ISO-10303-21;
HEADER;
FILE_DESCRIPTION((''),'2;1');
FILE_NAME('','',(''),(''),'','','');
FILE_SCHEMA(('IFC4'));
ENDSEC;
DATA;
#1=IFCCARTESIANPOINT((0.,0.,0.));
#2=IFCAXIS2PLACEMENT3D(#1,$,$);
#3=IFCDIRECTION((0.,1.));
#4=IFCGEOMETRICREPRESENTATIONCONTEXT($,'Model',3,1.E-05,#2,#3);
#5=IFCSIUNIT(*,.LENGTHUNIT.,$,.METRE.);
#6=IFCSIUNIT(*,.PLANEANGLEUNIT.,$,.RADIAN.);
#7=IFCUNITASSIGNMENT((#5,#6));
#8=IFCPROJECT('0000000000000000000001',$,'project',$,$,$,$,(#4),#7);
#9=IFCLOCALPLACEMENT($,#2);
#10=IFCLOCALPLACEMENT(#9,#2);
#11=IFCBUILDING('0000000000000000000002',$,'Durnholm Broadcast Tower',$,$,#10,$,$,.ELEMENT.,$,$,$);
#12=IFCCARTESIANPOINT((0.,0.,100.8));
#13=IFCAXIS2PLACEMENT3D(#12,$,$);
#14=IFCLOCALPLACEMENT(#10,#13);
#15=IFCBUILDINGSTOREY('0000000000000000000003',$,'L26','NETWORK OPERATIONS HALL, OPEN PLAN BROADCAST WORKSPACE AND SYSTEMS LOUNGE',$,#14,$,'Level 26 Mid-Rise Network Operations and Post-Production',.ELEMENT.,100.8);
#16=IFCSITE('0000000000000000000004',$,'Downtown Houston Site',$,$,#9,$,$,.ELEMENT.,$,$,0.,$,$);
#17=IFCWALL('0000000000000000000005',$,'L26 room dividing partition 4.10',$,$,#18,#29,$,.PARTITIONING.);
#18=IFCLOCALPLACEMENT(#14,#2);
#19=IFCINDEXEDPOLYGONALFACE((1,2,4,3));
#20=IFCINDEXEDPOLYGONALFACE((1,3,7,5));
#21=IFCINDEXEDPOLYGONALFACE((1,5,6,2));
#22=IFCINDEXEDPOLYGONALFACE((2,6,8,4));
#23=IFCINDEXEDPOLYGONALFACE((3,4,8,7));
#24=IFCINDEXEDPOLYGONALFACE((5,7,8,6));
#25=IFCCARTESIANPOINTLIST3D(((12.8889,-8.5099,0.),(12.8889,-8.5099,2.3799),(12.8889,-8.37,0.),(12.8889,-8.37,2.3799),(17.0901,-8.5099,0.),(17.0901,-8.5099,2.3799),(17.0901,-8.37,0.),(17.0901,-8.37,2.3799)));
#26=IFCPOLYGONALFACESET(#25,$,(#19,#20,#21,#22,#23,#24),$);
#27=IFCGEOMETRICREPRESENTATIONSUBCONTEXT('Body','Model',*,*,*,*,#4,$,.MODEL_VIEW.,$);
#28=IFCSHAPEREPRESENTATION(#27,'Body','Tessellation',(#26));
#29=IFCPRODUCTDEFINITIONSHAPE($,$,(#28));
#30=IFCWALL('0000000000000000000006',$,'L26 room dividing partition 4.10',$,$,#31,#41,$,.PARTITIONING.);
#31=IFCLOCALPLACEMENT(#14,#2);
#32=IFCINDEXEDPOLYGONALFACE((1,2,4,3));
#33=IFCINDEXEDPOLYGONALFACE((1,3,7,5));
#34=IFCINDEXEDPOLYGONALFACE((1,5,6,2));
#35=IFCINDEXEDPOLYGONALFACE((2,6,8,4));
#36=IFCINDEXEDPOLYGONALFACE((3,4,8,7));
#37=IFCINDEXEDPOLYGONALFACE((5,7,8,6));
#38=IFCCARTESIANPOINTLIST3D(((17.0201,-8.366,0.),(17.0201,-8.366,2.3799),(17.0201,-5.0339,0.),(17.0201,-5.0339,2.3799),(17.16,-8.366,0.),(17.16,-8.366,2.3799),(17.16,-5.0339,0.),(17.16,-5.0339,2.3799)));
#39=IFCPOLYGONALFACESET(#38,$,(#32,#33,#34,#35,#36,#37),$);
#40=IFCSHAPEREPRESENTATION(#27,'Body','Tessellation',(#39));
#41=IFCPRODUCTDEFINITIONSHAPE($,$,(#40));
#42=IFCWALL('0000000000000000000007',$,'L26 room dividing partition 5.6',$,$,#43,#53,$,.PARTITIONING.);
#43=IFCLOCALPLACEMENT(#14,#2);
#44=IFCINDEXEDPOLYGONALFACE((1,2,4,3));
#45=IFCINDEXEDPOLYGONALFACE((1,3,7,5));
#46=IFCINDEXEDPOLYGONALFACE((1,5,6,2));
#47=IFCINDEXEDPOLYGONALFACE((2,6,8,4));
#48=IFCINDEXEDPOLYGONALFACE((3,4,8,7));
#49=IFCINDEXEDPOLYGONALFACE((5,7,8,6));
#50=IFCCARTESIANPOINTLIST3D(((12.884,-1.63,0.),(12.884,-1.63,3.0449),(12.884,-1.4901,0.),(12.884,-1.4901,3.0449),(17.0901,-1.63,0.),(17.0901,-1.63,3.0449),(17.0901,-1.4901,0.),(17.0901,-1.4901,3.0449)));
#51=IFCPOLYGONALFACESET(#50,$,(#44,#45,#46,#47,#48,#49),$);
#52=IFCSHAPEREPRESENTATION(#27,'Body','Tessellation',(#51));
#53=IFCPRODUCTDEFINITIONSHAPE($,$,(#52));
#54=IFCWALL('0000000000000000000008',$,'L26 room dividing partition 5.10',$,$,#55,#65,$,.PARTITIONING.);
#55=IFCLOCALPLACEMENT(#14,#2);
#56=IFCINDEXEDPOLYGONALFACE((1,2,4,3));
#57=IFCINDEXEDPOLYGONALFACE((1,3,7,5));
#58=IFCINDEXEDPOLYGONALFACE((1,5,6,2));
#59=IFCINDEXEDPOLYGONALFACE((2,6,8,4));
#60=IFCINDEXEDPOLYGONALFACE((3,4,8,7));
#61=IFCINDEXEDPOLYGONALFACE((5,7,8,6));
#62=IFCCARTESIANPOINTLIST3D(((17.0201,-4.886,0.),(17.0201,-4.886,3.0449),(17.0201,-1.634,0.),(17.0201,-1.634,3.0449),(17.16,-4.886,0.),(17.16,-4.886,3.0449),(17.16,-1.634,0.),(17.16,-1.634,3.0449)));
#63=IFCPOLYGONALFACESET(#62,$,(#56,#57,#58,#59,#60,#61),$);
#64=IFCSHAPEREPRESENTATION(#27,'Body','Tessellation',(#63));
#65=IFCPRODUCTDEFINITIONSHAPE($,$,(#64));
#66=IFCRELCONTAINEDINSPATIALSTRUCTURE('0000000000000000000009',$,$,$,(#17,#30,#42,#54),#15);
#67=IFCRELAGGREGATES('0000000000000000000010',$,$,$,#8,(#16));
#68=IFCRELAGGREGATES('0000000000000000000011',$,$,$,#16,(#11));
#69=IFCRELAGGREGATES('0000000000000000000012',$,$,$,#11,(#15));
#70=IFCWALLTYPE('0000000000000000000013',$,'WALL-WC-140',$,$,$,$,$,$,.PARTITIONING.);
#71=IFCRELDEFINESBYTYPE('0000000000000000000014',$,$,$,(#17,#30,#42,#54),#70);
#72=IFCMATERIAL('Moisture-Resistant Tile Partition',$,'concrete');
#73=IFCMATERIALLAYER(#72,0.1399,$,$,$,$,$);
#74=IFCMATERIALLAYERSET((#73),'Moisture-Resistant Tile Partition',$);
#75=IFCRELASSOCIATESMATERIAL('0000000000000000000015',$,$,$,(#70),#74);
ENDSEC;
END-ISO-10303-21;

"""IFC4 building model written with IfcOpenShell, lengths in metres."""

from ifc_helpers import new_model, si_unit, direction, frame, frame_2d, origin, place, context, subcontext, project, spatial, rectangle, extrude, material, layer, layer_set, type_object, element, save


model = new_model("IFC4")

# Units and contexts
model_context = context("Model", 3, precision=1e-05, world=origin(), true_north=direction((0.0, 1.0)))
body_context = subcontext(model_context, "Body", "Model", "MODEL_VIEW")
ifc_project = project(units=[si_unit("LENGTHUNIT", "METRE"), si_unit("PLANEANGLEUNIT", "RADIAN")], contexts=[model_context])

# Site, building, storey
site_placement = place(None, origin())
site = spatial("IfcSite", under=ifc_project, at=site_placement, Name="Downtown Houston Site", CompositionType="ELEMENT", RefElevation=0.0)
building_placement = place(site_placement, origin())
building = spatial("IfcBuilding", under=site, at=building_placement, Name="Durnholm Broadcast Tower", CompositionType="ELEMENT")
storey_placement = place(building_placement, frame((0.0, 0.0, 100.8)))
storey = spatial("IfcBuildingStorey", under=building, at=storey_placement, Name="L26", Description="NETWORK OPERATIONS HALL, OPEN PLAN BROADCAST WORKSPACE AND SYSTEMS LOUNGE", LongName="Level 26 Mid-Rise Network Operations and Post-Production", CompositionType="ELEMENT", Elevation=100.8)

# Shared definitions
ifc_material_1 = material(Name="Moisture-Resistant Tile Partition", Category="concrete")
ifc_layer_1 = layer(ifc_material_1, 0.1399)
ifc_layer_set_1 = layer_set([ifc_layer_1], Name="Moisture-Resistant Tile Partition")
wall_type_1 = type_object("IfcWallType", Name="WALL-WC-140", PredefinedType="PARTITIONING", material=ifc_layer_set_1)

# Walls
wall_1_placement = place(storey_placement, frame((17.0901, -8.4399, 0.0), z_axis=(0.0, 0.0, 1.0), x_axis=(-1.0, 0.0, 0.0)))
element("IfcWall", 1, at=wall_1_placement, inside=storey, type_object=wall_type_1, Name="L26 room dividing partition 4.10", PredefinedType="PARTITIONING", context=body_context, shape_type="SweptSolid", body=[
    extrude(rectangle(XDim=4.2012, YDim=0.1399, at=frame_2d((2.1006, 0.0))), origin(), (0.0, 0.0, 1.0), 2.3799),
])
wall_2_placement = place(storey_placement, frame((17.0901, -5.0339, 0.0), z_axis=(0.0, 0.0, 1.0), x_axis=(0.0, -1.0, 0.0)))
element("IfcWall", 2, at=wall_2_placement, inside=storey, type_object=wall_type_1, Name="L26 room dividing partition 4.10", PredefinedType="PARTITIONING", context=body_context, shape_type="SweptSolid", body=[
    extrude(rectangle(XDim=3.332, YDim=0.1399, at=frame_2d((1.666, 0.0))), origin(), (0.0, 0.0, 1.0), 2.3799),
])
wall_3_placement = place(storey_placement, frame((12.884, -1.5601, 0.0), z_axis=(0.0, 0.0, 1.0), x_axis=(1.0, 0.0, 0.0)))
element("IfcWall", 3, at=wall_3_placement, inside=storey, type_object=wall_type_1, Name="L26 room dividing partition 5.6", PredefinedType="PARTITIONING", context=body_context, shape_type="SweptSolid", body=[
    extrude(rectangle(XDim=4.2061, YDim=0.1399, at=frame_2d((2.103, 0.0))), origin(), (0.0, 0.0, 1.0), 3.0449),
])
wall_4_placement = place(storey_placement, frame((17.0901, -1.634, 0.0), z_axis=(0.0, 0.0, 1.0), x_axis=(0.0, -1.0, 0.0)))
element("IfcWall", 4, at=wall_4_placement, inside=storey, type_object=wall_type_1, Name="L26 room dividing partition 5.10", PredefinedType="PARTITIONING", context=body_context, shape_type="SweptSolid", body=[
    extrude(rectangle(XDim=3.252, YDim=0.1399, at=frame_2d((1.626, 0.0))), origin(), (0.0, 0.0, 1.0), 3.0449),
])

save(model, "model.ifc")
